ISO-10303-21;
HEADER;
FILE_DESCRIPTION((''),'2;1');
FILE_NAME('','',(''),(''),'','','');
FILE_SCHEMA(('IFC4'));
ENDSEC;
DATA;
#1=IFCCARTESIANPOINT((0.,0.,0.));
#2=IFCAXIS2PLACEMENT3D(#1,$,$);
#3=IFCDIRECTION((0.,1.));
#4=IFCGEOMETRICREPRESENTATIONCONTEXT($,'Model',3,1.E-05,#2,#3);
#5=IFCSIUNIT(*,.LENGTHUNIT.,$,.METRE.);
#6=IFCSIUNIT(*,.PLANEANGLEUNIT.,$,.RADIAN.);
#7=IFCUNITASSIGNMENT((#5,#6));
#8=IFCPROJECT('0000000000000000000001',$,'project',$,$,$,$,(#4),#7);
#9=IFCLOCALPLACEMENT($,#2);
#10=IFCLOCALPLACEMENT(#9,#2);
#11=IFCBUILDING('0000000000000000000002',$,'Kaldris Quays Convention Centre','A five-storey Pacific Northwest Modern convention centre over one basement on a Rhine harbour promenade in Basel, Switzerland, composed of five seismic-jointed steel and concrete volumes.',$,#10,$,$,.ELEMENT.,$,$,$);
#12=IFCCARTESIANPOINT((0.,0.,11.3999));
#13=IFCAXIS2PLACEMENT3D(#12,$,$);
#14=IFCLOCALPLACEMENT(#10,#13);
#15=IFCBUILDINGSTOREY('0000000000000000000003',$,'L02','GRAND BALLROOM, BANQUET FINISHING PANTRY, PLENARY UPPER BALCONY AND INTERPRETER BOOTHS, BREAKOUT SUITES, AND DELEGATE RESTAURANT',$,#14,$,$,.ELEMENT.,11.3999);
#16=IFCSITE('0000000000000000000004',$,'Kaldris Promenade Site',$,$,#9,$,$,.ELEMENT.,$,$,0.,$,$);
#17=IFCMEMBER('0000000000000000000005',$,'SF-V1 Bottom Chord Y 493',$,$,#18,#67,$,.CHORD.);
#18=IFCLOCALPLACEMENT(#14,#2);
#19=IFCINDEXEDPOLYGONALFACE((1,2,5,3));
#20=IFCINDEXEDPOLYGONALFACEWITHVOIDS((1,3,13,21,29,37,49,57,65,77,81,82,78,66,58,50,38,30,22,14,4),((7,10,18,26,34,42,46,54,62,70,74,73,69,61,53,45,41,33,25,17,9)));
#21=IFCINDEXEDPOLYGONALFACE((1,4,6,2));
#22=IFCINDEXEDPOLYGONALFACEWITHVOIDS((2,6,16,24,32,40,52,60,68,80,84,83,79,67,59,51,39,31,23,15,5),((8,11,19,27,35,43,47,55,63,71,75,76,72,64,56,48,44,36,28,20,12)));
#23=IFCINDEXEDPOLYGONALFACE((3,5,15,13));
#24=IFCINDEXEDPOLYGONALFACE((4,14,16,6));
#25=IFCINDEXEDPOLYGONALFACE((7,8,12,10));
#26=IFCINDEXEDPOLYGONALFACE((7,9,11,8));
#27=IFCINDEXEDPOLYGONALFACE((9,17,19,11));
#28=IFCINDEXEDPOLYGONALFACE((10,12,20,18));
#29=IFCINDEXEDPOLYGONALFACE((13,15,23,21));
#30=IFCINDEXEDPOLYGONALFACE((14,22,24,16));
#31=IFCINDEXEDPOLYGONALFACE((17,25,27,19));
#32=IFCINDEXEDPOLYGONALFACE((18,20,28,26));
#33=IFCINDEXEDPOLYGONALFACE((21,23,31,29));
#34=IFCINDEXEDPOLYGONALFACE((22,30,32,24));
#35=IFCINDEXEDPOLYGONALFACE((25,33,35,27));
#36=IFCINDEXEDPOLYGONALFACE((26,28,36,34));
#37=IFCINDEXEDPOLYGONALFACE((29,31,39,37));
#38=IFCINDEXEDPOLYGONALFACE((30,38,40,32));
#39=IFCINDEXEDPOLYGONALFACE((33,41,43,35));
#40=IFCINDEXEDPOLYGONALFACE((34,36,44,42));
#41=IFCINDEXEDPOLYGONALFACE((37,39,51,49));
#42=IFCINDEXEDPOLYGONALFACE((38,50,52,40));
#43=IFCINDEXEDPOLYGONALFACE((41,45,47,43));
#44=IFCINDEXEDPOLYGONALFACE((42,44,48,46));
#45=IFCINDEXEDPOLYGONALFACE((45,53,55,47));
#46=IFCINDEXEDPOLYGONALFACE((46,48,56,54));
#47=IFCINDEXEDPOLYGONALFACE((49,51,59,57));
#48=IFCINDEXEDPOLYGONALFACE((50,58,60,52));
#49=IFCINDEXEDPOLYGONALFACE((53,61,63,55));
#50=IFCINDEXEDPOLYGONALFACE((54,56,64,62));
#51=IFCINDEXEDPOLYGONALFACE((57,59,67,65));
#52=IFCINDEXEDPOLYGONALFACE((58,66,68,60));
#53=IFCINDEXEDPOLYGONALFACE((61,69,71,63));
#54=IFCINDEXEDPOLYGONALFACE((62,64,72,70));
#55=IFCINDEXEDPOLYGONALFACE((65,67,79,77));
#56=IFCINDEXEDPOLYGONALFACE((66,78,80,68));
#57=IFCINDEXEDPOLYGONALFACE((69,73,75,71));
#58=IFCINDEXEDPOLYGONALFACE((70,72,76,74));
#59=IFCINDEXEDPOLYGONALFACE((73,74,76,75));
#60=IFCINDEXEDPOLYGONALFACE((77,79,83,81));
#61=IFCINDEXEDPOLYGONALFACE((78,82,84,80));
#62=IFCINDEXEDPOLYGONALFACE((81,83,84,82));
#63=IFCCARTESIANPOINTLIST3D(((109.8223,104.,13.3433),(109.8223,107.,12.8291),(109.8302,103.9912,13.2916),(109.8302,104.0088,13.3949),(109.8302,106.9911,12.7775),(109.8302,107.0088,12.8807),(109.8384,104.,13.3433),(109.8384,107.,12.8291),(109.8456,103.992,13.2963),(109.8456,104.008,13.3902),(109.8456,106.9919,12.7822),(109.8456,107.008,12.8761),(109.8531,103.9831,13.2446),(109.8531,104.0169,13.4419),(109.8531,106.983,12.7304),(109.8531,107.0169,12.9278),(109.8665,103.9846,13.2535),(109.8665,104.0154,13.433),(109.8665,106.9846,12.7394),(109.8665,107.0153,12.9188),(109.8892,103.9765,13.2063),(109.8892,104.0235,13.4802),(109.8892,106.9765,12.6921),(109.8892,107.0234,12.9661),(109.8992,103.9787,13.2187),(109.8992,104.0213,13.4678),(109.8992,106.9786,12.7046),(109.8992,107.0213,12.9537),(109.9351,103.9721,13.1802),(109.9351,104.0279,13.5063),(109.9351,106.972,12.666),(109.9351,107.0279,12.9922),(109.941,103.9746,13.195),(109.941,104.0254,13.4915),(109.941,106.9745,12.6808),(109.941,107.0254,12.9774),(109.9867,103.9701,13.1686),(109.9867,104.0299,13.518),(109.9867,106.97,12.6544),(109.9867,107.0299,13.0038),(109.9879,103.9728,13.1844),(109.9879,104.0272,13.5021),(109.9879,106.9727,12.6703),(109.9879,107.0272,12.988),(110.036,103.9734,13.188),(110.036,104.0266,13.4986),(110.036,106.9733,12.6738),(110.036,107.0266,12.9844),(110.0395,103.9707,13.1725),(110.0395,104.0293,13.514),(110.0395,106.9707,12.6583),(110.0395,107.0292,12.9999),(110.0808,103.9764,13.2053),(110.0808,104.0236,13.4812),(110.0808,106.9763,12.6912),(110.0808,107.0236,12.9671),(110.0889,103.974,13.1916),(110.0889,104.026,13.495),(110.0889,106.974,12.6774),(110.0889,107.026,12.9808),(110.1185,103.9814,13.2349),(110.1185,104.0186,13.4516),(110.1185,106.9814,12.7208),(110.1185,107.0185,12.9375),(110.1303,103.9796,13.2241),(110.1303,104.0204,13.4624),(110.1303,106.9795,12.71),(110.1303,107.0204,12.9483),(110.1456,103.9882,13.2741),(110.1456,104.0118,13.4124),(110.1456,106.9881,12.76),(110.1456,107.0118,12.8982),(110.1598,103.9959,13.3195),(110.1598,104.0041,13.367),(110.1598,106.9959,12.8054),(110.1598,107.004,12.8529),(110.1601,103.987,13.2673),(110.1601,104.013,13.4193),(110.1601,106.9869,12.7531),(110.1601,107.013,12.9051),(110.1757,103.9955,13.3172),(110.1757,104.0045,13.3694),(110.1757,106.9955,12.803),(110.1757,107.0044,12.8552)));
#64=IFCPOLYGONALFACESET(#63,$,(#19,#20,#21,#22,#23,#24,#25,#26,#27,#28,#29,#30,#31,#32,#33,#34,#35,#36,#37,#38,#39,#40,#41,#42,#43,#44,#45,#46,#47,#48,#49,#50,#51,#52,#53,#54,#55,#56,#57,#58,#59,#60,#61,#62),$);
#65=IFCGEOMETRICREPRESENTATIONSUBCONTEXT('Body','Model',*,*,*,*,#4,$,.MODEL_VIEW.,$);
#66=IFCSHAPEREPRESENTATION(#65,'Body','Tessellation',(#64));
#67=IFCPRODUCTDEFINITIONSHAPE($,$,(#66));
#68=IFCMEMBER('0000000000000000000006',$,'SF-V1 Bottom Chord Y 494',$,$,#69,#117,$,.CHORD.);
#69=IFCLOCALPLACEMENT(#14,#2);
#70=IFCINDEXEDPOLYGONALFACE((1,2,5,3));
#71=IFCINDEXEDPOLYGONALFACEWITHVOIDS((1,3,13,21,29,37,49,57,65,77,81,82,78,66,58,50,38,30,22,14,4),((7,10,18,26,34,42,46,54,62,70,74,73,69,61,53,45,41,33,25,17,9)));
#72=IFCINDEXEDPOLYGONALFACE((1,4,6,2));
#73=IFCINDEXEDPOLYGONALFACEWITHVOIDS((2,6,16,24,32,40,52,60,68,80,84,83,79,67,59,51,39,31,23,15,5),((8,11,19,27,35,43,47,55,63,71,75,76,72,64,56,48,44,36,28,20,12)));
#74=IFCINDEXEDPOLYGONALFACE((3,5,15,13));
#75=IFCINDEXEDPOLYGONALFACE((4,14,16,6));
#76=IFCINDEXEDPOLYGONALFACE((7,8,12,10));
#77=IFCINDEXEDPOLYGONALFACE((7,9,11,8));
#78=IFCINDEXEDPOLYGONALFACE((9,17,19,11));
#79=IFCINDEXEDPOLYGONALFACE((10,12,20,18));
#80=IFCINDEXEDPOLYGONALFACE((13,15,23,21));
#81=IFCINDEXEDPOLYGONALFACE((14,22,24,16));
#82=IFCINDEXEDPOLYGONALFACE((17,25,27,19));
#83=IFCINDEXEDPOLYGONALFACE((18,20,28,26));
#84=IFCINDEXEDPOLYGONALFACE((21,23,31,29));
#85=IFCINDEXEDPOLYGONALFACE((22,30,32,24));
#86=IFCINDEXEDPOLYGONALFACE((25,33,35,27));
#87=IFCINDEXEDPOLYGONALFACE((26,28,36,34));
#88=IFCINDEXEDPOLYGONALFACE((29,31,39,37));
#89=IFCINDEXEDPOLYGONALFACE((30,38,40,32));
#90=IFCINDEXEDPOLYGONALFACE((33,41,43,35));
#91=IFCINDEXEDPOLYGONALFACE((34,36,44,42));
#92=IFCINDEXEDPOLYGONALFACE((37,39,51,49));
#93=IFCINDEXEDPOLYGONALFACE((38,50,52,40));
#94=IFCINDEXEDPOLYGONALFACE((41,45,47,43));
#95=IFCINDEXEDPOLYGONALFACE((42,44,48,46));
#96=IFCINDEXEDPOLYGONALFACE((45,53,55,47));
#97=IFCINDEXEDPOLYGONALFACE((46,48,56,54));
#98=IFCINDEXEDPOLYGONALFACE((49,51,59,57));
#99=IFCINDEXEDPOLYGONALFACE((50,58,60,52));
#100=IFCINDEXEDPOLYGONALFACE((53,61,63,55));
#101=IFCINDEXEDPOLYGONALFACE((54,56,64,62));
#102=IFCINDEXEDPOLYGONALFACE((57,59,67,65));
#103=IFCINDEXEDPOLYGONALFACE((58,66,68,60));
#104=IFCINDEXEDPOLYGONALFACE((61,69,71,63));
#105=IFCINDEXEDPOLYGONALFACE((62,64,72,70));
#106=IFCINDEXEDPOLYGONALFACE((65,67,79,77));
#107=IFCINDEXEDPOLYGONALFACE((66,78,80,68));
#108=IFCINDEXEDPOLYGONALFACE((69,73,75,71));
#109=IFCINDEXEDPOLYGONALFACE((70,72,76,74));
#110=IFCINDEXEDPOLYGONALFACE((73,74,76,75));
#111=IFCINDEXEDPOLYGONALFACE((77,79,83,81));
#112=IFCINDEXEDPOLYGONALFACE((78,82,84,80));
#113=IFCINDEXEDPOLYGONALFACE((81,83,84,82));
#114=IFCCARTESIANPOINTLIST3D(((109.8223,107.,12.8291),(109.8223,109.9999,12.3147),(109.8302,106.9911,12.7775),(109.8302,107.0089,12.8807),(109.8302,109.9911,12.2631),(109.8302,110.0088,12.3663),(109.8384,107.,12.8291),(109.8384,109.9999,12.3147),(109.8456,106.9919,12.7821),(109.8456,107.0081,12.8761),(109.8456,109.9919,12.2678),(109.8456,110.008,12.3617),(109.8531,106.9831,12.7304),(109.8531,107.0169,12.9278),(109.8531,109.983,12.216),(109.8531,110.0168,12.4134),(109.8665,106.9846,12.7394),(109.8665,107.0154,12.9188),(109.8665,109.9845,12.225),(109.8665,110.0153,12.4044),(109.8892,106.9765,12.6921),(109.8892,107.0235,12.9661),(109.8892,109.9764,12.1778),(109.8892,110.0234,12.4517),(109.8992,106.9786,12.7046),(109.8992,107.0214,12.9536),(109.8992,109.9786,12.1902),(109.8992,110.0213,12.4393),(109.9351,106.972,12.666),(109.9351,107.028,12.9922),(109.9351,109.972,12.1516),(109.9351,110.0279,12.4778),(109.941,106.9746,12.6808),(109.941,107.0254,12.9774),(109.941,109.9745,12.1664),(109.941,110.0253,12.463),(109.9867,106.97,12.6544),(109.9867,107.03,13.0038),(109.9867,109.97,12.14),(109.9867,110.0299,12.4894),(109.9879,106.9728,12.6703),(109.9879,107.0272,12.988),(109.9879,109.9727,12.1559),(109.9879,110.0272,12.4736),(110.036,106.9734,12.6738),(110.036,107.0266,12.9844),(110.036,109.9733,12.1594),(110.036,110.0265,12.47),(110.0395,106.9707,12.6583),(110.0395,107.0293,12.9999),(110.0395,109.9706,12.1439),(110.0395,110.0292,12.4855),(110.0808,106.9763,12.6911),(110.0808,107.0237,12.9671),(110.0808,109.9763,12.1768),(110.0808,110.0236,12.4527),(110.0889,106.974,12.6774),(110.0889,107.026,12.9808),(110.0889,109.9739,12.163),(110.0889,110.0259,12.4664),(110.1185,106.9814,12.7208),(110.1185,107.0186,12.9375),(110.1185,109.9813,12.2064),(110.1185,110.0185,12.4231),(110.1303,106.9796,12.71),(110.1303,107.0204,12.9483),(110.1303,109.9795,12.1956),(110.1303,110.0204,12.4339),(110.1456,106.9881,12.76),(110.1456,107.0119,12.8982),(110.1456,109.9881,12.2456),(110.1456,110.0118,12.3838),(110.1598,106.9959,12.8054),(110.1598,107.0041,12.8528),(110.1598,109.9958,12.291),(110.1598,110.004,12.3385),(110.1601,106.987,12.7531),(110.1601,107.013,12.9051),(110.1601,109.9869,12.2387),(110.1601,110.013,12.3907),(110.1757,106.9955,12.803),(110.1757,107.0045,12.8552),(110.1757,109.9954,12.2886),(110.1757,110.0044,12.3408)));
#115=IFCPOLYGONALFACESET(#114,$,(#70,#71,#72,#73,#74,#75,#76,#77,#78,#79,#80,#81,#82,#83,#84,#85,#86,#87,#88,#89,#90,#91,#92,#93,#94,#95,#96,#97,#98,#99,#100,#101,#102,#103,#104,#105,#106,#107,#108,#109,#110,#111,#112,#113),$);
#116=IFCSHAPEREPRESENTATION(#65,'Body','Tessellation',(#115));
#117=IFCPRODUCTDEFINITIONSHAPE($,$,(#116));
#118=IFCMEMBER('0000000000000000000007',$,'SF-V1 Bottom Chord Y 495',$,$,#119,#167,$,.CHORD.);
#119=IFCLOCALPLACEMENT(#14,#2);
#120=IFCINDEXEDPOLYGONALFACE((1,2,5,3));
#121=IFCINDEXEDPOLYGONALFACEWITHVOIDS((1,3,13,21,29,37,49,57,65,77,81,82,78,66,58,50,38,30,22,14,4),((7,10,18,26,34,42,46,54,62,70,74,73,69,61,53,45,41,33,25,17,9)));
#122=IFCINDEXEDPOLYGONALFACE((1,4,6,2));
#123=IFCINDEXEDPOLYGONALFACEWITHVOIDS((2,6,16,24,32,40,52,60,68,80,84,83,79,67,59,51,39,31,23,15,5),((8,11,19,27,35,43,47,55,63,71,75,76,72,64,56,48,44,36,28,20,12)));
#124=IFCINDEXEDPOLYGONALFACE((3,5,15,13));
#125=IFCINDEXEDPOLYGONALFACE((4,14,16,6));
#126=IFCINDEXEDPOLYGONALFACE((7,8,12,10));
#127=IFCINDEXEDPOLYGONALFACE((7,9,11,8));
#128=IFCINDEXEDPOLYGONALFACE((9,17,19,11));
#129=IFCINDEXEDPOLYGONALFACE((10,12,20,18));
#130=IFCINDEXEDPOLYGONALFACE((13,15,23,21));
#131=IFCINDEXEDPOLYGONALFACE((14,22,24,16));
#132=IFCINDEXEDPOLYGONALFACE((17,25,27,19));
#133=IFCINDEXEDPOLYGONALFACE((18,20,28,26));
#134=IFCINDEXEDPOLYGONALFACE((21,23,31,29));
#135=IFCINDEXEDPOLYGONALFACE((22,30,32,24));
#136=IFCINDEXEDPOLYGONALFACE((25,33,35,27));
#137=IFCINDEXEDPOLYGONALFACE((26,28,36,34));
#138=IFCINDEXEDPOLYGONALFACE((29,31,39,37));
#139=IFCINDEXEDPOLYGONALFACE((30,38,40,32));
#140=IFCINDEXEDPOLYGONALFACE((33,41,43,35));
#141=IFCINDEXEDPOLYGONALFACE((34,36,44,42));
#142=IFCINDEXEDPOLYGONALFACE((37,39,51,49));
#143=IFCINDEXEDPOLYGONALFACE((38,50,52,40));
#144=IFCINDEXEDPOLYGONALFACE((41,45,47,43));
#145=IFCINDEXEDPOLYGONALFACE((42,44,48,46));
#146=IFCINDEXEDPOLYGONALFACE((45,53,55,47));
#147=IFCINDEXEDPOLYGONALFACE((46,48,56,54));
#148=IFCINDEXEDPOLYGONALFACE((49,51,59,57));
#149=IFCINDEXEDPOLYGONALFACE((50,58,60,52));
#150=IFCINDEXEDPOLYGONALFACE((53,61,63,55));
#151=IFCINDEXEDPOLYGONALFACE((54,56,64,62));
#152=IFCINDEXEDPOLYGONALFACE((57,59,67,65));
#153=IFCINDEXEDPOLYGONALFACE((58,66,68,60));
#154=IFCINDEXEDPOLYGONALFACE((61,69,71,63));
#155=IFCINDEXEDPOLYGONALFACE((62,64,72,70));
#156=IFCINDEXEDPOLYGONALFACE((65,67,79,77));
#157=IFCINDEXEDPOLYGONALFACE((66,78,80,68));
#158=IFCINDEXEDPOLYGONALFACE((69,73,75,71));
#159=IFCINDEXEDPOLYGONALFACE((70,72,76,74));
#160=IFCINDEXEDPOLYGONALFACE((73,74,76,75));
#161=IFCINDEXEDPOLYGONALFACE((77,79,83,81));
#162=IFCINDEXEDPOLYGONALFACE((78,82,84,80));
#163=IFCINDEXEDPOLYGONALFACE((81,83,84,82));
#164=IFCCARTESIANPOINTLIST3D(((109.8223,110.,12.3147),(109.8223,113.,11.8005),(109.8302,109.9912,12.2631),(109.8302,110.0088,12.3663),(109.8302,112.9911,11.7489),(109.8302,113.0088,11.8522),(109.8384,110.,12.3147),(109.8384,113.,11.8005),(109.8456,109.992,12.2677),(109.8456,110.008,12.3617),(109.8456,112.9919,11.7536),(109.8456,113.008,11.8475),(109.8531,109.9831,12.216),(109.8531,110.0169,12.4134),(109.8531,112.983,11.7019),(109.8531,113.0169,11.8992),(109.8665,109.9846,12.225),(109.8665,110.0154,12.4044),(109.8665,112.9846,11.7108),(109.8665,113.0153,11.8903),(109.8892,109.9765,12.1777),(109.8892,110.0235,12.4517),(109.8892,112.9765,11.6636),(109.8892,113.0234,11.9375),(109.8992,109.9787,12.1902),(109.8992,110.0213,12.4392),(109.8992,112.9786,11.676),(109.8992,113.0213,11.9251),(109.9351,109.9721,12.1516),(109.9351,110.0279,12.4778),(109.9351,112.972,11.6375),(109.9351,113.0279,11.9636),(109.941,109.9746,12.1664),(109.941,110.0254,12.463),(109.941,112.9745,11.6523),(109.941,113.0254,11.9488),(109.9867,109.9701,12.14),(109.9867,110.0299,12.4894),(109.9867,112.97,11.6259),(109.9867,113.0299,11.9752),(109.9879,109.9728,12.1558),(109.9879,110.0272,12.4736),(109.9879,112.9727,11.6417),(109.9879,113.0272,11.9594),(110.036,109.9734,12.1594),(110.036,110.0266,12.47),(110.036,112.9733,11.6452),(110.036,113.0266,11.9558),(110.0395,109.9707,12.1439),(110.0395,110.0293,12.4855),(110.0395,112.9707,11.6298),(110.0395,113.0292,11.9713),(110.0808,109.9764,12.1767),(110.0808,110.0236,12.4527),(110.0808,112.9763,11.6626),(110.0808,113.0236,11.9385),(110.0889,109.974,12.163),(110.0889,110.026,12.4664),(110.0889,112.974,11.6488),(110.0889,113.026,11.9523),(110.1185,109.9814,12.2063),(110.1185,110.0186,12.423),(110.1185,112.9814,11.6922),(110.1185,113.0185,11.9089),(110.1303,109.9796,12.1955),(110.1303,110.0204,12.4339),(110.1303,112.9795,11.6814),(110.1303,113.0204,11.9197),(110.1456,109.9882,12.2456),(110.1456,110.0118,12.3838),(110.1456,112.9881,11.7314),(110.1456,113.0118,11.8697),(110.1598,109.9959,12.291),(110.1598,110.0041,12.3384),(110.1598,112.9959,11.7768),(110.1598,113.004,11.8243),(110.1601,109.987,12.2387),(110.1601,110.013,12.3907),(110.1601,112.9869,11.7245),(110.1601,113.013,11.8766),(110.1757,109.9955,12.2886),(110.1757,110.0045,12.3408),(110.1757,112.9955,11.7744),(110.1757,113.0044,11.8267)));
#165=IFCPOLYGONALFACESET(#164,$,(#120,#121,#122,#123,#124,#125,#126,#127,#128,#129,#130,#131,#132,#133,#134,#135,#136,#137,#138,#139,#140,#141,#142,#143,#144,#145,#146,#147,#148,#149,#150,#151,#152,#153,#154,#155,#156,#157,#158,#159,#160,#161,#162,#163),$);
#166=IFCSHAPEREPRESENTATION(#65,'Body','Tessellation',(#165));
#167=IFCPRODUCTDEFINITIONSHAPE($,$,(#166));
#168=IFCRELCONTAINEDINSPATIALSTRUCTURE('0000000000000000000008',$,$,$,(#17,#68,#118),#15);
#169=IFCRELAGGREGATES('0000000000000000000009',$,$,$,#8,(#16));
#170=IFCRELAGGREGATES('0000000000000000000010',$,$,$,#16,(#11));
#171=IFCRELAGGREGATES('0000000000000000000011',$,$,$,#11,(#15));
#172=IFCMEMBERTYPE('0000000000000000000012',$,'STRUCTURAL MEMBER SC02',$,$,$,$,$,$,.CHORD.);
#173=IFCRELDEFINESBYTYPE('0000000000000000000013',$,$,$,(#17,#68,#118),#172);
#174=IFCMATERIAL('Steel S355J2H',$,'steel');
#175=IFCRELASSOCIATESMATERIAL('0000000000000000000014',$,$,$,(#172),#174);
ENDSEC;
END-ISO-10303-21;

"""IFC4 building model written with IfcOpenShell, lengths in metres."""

from ifc_helpers import new_model, si_unit, direction, frame, origin, origin_2d, place, context, subcontext, project, spatial, hollow_circle, extrude, material, material_profile, profile_set, type_object, element, save


model = new_model("IFC4")

# Units and contexts
model_context = context("Model", 3, precision=1e-05, world=origin(), true_north=direction((0.0, 1.0)))
body_context = subcontext(model_context, "Body", "Model", "MODEL_VIEW")
ifc_project = project(units=[si_unit("LENGTHUNIT", "METRE"), si_unit("PLANEANGLEUNIT", "RADIAN")], contexts=[model_context])

# Site, building, storey
site_placement = place(None, origin())
site = spatial("IfcSite", under=ifc_project, at=site_placement, Name="Kaldris Promenade Site", CompositionType="ELEMENT", RefElevation=0.0)
building_placement = place(site_placement, origin())
building = spatial("IfcBuilding", under=site, at=building_placement, Name="Kaldris Quays Convention Centre", Description="A five-storey Pacific Northwest Modern convention centre over one basement on a Rhine harbour promenade in Basel, Switzerland, composed of five seismic-jointed steel and concrete volumes.", CompositionType="ELEMENT")
storey_placement = place(building_placement, frame((0.0, 0.0, 11.3999)))
storey = spatial("IfcBuildingStorey", under=building, at=storey_placement, Name="L02", Description="GRAND BALLROOM, BANQUET FINISHING PANTRY, PLENARY UPPER BALCONY AND INTERPRETER BOOTHS, BREAKOUT SUITES, AND DELEGATE RESTAURANT", CompositionType="ELEMENT", Elevation=11.3999)

# Members
ifc_material_1 = material(Name="Steel S355J2H", Category="steel")
ifc_material_profile_1 = material_profile(ifc_material_1, hollow_circle(Radius=0.1777, WallThickness=0.0161, at=origin_2d()), Name="CHS 355.6x16")
ifc_profile_set_1 = profile_set([ifc_material_profile_1], Name="Steel S355J2H")
member_type_1 = type_object("IfcMemberType", Name="STRUCTURAL MEMBER SC02", PredefinedType="CHORD", material=ifc_profile_set_1)
for number, where, z_axis, x_axis, name in (
    (1, (110.0, 104.0, 13.3433), (0.0, 0.985629, -0.168924), (-1.0, 0.0, 0.0), "SF-V1 Bottom Chord Y 493"),
    (2, (110.0, 107.0, 12.8291), (0.0, 0.985616, -0.169002), (-1.0, 0.0, 0.0), "SF-V1 Bottom Chord Y 494"),
    (3, (110.0, 110.0, 12.3147), (0.0, 0.985629, -0.168924), (-1.0, 0.0, 0.0), "SF-V1 Bottom Chord Y 495"),
):
    element("IfcMember", number, at=place(storey_placement, frame(where, z_axis=z_axis, x_axis=x_axis)), inside=storey, type_object=member_type_1, Name=name, PredefinedType="CHORD", context=body_context, shape_type="SweptSolid", body=[
        extrude(hollow_circle(Radius=0.1777, WallThickness=0.0161, at=origin_2d()), origin(), (0.0, 0.0, 1.0), 3.0437),
    ])

save(model, "model.ifc")
